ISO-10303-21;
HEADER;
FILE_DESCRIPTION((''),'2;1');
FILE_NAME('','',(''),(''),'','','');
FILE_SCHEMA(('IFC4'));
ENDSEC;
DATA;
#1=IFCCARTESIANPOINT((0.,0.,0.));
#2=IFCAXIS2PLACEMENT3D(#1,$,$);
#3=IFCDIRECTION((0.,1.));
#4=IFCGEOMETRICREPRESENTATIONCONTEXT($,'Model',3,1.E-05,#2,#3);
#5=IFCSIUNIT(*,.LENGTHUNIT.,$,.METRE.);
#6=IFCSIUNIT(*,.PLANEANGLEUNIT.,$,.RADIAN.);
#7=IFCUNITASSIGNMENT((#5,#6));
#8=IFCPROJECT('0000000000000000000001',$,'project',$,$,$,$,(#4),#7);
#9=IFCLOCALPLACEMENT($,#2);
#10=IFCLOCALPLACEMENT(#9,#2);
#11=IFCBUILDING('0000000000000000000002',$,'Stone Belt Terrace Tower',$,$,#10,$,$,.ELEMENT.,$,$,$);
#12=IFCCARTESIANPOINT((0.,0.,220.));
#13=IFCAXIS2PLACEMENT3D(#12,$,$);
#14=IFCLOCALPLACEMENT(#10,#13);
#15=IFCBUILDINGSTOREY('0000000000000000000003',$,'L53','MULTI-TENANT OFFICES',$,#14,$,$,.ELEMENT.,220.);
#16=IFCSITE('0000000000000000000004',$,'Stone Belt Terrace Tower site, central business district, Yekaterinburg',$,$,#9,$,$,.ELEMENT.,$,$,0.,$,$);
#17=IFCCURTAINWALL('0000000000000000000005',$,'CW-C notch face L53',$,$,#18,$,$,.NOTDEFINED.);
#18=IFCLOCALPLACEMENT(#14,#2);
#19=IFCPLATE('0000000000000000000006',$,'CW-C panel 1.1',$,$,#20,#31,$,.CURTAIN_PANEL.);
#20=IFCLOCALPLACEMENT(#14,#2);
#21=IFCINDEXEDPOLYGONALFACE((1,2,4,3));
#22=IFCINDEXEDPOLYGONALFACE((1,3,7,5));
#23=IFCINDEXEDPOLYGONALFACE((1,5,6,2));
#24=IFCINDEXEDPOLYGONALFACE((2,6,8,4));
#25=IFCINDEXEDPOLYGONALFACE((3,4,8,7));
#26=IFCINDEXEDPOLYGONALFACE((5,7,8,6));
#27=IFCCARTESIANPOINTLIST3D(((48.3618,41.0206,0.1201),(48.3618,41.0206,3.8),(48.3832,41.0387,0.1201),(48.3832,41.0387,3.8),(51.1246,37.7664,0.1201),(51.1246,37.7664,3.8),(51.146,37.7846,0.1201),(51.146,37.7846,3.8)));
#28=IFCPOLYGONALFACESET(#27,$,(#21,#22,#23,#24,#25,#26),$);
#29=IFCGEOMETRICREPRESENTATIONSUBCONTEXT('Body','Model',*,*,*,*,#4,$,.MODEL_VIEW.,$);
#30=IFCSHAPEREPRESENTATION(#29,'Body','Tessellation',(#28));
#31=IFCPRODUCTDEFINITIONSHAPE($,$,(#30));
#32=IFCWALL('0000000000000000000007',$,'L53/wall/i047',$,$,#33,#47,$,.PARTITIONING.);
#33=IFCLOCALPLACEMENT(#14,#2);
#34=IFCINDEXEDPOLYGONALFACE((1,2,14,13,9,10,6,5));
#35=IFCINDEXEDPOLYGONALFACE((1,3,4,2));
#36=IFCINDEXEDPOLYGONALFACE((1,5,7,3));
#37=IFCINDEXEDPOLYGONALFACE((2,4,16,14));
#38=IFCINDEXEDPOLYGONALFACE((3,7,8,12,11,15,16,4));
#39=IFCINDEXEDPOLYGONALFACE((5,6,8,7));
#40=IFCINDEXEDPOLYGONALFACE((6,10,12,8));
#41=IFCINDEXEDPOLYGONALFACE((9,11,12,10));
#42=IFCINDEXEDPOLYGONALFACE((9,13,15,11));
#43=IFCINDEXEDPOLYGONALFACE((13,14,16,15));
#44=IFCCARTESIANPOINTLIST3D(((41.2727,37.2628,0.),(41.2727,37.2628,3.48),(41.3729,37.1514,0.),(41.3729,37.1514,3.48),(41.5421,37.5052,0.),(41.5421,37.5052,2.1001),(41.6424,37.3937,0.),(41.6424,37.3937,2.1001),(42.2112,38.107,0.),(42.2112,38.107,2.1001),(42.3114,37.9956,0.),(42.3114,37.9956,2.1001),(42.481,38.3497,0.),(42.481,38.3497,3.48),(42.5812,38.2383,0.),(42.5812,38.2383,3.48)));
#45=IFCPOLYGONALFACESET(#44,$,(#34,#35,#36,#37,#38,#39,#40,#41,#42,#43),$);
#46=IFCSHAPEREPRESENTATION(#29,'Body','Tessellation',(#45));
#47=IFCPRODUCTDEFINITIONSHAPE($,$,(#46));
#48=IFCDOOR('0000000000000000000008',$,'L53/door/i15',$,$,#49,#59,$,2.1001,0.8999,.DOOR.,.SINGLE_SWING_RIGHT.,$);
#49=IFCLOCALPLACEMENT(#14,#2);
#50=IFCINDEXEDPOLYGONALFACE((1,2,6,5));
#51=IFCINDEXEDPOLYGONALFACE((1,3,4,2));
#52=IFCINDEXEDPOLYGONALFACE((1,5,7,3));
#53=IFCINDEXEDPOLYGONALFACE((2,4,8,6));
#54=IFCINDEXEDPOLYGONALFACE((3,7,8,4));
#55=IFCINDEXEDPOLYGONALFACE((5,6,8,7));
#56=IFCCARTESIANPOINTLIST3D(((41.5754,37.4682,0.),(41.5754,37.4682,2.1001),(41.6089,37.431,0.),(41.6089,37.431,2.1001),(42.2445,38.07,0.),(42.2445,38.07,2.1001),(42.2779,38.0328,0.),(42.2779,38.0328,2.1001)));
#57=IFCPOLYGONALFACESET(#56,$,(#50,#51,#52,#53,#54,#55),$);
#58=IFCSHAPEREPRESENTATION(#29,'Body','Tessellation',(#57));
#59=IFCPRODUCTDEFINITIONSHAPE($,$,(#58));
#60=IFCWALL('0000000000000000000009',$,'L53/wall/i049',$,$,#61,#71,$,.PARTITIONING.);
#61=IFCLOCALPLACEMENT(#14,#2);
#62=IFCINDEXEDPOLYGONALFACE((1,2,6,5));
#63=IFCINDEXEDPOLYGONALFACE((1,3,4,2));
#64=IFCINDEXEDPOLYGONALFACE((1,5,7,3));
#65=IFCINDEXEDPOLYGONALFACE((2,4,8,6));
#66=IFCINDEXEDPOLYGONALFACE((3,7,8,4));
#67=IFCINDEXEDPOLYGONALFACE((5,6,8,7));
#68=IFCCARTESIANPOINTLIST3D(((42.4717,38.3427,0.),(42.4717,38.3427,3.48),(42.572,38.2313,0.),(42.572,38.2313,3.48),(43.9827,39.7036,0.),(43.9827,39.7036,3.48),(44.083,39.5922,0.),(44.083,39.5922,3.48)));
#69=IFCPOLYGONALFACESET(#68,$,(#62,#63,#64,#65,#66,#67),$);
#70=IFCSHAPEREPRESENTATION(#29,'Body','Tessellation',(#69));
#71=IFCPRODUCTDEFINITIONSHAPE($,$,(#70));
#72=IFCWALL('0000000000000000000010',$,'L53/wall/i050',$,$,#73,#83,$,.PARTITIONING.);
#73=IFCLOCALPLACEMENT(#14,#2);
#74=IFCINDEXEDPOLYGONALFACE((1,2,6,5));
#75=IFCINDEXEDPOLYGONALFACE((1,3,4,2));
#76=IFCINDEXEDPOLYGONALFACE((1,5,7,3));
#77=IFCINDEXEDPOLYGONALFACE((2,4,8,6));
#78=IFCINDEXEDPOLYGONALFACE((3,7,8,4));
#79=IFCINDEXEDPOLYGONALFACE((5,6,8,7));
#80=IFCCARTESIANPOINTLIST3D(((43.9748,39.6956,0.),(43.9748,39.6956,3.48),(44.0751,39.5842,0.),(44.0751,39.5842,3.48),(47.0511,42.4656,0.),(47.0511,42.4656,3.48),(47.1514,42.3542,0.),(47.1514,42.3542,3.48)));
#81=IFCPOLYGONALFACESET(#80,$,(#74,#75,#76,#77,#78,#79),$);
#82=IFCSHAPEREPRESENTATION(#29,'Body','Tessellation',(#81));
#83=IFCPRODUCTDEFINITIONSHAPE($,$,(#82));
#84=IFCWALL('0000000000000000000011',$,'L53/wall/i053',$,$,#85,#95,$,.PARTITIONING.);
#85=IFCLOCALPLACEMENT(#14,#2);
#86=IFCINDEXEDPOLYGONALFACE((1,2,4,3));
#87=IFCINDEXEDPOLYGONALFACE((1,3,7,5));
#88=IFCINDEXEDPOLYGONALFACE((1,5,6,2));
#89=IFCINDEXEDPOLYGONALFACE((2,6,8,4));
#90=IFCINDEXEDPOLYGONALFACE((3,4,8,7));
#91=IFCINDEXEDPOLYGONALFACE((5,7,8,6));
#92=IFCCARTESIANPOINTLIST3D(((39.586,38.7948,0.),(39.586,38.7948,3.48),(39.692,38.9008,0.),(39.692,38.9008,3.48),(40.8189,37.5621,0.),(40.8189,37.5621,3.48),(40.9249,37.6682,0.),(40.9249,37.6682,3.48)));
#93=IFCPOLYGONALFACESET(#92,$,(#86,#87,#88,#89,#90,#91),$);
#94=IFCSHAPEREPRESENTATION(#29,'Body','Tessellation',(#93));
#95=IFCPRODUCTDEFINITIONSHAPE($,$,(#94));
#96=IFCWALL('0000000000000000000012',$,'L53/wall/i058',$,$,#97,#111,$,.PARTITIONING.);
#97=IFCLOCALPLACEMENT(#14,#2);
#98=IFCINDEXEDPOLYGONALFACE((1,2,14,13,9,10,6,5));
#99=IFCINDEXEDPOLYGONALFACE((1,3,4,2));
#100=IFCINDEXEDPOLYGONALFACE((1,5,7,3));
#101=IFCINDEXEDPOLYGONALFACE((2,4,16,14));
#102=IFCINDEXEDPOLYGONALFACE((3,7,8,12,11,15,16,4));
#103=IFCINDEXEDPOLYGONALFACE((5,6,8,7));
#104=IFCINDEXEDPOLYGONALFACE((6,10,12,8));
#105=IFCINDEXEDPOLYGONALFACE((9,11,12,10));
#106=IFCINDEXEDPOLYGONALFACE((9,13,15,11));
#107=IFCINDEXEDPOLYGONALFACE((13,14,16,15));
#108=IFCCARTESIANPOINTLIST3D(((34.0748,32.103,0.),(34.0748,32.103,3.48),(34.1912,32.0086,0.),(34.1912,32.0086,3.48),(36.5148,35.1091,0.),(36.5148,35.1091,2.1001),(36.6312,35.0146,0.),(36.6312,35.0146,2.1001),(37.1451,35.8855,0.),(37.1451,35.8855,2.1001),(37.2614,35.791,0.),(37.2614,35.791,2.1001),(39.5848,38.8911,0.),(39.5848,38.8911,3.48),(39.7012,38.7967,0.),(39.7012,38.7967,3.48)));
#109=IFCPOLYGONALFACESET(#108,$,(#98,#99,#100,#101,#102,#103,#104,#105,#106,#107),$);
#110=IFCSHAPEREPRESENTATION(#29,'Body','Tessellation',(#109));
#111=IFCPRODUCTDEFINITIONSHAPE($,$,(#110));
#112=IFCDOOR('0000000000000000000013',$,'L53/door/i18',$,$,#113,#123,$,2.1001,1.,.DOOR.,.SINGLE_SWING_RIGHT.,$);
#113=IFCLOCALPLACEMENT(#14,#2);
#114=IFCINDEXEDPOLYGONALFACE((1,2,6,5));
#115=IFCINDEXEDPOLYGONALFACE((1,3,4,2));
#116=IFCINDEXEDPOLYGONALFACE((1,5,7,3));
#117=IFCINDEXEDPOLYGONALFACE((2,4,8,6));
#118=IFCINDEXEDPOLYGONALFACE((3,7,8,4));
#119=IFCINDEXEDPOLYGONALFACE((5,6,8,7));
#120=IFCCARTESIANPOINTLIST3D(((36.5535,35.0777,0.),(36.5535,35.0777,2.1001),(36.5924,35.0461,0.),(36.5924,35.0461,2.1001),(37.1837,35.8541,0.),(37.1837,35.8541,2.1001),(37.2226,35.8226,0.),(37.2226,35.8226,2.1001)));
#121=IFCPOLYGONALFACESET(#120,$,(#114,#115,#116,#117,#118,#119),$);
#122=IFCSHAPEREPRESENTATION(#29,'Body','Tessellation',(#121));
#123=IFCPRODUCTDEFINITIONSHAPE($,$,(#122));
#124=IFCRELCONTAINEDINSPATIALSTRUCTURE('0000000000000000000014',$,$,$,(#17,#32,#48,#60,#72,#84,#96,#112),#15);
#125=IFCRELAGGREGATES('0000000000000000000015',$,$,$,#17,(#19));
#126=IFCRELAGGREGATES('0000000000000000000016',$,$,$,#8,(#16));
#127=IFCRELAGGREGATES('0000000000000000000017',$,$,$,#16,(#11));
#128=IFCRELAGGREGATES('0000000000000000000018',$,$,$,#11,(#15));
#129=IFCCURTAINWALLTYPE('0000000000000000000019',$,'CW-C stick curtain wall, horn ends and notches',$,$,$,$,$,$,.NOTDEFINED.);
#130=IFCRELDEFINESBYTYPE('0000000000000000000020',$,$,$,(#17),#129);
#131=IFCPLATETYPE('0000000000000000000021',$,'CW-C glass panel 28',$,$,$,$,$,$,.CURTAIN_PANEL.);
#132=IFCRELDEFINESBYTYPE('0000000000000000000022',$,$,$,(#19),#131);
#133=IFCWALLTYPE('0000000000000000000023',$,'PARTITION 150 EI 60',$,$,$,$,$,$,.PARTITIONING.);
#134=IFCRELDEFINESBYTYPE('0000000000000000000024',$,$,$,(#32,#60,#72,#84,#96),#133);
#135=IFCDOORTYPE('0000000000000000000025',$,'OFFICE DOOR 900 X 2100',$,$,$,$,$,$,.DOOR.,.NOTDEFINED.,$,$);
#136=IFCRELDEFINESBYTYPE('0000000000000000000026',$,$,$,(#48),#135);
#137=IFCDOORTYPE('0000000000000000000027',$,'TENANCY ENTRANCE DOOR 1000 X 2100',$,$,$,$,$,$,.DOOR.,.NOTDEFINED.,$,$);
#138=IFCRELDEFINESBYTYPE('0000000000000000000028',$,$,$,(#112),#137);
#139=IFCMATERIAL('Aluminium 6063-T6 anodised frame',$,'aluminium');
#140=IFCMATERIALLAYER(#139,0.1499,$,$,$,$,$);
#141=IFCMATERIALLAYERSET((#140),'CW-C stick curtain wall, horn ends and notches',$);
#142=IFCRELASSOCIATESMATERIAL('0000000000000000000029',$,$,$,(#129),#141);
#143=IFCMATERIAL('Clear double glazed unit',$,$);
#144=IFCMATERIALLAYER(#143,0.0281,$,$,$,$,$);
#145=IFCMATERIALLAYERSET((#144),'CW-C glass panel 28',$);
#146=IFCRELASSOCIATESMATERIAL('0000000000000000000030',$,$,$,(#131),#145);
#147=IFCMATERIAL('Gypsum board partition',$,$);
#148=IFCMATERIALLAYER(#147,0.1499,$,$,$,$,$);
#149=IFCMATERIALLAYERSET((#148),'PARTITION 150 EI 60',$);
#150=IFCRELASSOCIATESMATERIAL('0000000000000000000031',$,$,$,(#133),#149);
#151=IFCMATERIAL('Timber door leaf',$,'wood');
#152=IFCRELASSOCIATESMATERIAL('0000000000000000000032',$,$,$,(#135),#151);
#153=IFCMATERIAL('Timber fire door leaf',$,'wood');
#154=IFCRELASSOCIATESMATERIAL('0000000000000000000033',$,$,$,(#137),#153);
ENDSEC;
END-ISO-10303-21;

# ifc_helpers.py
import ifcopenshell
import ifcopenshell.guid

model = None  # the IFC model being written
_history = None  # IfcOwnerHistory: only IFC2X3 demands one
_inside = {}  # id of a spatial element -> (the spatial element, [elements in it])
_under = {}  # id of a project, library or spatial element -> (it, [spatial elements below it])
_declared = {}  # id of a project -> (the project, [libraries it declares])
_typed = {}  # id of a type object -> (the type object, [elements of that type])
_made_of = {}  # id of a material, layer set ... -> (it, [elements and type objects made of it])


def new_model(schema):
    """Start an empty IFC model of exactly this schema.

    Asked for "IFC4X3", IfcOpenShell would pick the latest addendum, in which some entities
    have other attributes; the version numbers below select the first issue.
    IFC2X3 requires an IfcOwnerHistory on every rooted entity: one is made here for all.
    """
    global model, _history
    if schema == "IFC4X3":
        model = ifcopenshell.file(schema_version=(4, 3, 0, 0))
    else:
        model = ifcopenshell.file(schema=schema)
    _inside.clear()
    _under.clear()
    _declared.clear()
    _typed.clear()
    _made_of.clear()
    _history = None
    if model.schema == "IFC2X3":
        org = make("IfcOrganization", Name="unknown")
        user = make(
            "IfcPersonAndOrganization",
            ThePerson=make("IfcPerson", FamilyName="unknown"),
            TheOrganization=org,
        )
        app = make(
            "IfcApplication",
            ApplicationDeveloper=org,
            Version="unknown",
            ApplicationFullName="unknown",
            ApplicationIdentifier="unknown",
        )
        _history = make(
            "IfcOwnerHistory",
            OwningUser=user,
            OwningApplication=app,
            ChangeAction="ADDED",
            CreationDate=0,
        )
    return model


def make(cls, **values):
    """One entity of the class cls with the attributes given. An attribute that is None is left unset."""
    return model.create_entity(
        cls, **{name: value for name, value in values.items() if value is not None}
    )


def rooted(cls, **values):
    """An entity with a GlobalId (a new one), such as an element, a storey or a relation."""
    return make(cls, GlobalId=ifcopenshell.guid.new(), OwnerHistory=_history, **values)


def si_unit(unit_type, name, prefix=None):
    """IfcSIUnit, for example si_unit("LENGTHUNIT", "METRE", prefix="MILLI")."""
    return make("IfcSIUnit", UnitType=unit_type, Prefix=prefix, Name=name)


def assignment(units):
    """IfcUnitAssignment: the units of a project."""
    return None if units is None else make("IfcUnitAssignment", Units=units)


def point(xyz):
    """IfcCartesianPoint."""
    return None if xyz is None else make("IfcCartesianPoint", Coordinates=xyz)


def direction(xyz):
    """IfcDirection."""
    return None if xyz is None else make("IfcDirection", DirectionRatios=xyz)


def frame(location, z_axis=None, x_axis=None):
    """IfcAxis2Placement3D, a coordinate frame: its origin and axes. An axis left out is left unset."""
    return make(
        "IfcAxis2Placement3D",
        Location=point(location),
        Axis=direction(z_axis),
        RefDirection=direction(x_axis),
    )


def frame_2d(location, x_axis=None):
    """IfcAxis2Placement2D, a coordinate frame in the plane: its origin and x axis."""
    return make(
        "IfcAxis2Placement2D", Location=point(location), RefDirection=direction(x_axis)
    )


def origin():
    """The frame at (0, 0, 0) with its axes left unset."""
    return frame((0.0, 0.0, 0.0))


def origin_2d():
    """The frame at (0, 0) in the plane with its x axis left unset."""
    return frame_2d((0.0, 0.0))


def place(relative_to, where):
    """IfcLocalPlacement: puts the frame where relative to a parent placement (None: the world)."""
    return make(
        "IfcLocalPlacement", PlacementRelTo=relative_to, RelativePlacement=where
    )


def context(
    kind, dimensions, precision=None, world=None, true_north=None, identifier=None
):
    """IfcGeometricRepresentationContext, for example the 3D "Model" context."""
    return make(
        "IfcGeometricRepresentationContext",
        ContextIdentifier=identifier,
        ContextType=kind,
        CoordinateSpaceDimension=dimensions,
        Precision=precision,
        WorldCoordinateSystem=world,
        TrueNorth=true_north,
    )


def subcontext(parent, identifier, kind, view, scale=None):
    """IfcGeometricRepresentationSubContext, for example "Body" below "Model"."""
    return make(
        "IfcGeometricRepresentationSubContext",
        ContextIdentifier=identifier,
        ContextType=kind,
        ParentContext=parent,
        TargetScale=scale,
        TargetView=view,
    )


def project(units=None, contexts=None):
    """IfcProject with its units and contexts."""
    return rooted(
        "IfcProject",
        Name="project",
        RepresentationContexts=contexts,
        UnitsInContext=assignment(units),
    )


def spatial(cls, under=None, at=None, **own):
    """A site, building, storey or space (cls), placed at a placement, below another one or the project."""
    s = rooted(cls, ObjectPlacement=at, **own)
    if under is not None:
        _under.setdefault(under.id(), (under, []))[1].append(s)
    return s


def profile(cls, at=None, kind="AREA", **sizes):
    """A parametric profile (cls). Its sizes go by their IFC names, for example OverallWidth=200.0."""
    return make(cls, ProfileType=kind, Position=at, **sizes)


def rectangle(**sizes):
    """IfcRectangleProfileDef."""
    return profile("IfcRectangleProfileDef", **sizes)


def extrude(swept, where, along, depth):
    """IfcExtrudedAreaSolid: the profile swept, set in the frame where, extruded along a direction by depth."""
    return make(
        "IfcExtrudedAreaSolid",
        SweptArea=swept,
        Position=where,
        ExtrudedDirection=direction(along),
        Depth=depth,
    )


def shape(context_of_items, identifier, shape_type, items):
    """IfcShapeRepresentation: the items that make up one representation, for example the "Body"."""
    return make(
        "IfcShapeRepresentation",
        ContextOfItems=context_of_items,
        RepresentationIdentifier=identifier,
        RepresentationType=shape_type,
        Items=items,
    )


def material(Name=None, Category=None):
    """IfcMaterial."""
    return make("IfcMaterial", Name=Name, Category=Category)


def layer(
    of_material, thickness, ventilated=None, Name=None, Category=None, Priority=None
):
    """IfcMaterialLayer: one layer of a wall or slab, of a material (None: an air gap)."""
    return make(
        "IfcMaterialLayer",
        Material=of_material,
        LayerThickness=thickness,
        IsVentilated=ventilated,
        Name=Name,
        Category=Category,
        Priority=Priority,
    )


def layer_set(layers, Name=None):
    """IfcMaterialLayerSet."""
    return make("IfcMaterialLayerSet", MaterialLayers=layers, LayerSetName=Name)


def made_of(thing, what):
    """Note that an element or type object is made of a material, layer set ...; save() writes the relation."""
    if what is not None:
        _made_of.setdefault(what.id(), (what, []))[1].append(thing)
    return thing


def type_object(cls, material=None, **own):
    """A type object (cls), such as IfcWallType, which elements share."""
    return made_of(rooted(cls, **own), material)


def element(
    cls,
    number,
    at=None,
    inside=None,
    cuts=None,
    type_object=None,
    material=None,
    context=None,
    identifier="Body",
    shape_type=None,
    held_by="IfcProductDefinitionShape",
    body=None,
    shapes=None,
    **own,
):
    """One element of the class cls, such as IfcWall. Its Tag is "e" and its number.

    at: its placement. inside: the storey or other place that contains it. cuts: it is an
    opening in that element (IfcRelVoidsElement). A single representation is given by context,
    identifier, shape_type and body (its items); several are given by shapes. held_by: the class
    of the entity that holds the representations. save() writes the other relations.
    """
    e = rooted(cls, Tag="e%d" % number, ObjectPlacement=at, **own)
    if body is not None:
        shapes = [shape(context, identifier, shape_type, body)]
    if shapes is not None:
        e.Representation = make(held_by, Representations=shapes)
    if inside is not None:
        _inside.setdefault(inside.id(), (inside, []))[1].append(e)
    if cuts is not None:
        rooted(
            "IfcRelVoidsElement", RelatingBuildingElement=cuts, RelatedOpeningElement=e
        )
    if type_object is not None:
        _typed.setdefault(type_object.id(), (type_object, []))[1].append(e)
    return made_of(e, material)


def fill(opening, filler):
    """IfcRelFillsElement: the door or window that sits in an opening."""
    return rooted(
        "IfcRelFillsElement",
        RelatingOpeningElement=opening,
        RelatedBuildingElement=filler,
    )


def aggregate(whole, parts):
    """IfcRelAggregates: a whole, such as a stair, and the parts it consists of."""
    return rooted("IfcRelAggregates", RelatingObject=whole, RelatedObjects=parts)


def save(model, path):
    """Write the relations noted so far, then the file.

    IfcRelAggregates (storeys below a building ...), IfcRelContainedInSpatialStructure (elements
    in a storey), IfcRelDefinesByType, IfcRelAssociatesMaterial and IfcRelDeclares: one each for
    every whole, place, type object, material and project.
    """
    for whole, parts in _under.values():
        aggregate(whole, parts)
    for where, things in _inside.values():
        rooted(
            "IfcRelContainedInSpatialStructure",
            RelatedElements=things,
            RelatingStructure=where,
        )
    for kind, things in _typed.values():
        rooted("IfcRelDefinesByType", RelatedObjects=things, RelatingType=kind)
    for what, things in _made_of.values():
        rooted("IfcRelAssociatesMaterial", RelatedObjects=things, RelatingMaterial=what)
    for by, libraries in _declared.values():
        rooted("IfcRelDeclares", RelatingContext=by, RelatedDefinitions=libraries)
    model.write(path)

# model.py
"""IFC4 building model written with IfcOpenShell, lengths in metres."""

from ifc_helpers import new_model, si_unit, direction, frame, frame_2d, origin, origin_2d, place, context, subcontext, project, spatial, rectangle, extrude, material, layer, layer_set, type_object, element, fill, aggregate, save


model = new_model("IFC4")

# Units and contexts
model_context = context("Model", 3, precision=1e-05, world=origin(), true_north=direction((0.0, 1.0)))
body_context = subcontext(model_context, "Body", "Model", "MODEL_VIEW")
ifc_project = project(units=[si_unit("LENGTHUNIT", "METRE"), si_unit("PLANEANGLEUNIT", "RADIAN")], contexts=[model_context])

# Site, building, storey
site_placement = place(None, origin())
site = spatial("IfcSite", under=ifc_project, at=site_placement, Name="Stone Belt Terrace Tower site, central business district, Yekaterinburg", CompositionType="ELEMENT", RefElevation=0.0)
building_placement = place(site_placement, origin())
building = spatial("IfcBuilding", under=site, at=building_placement, Name="Stone Belt Terrace Tower", CompositionType="ELEMENT")
storey_placement = place(building_placement, frame((0.0, 0.0, 220.0)))
storey = spatial("IfcBuildingStorey", under=building, at=storey_placement, Name="L53", Description="MULTI-TENANT OFFICES", CompositionType="ELEMENT", Elevation=220.0)

# Curtain wall
ifc_material_1 = material(Name="Aluminium 6063-T6 anodised frame", Category="aluminium")
ifc_layer_1 = layer(ifc_material_1, 0.1499)
ifc_layer_set_1 = layer_set([ifc_layer_1], Name="CW-C stick curtain wall, horn ends and notches")
curtain_wall_type = type_object("IfcCurtainWallType", Name="CW-C stick curtain wall, horn ends and notches", PredefinedType="NOTDEFINED", material=ifc_layer_set_1)
curtain_wall_1_placement = place(storey_placement, origin())
curtain_wall_1 = element("IfcCurtainWall", 1, at=curtain_wall_1_placement, inside=storey, type_object=curtain_wall_type, Name="CW-C notch face L53", PredefinedType="NOTDEFINED")

# Plate
ifc_material_2 = material(Name="Clear double glazed unit")
ifc_layer_2 = layer(ifc_material_2, 0.0281)
ifc_layer_set_2 = layer_set([ifc_layer_2], Name="CW-C glass panel 28")
plate_type = type_object("IfcPlateType", Name="CW-C glass panel 28", PredefinedType="CURTAIN_PANEL", material=ifc_layer_set_2)
plate_1_placement = place(storey_placement, frame((49.7539, 39.4026, 0.1201), z_axis=(0.0, 0.0, 1.0), x_axis=(-0.647211, 0.762311, 0.0)))
plate_1 = element("IfcPlate", 2, at=plate_1_placement, type_object=plate_type, Name="CW-C panel 1.1", PredefinedType="CURTAIN_PANEL", context=body_context, shape_type="SweptSolid", body=[
    extrude(rectangle(XDim=4.2688, YDim=0.0281, at=origin_2d()), origin(), (0.0, 0.0, 1.0), 3.6799),
])
aggregate(curtain_wall_1, [plate_1])

# Wall, opening, door
ifc_material_3 = material(Name="Gypsum board partition")
ifc_layer_3 = layer(ifc_material_3, 0.1499)
ifc_layer_set_3 = layer_set([ifc_layer_3], Name="PARTITION 150 EI 60")
wall_type = type_object("IfcWallType", Name="PARTITION 150 EI 60", PredefinedType="PARTITIONING", material=ifc_layer_set_3)
wall_1_placement = place(storey_placement, frame((42.531, 38.2939, 0.0), z_axis=(0.0, 0.0, 1.0), x_axis=(-0.743451, -0.66879, 0.0)))
wall_1 = element("IfcWall", 3, at=wall_1_placement, inside=storey, type_object=wall_type, Name="L53/wall/i047", PredefinedType="PARTITIONING", context=body_context, shape_type="SweptSolid", body=[
    extrude(rectangle(XDim=1.6252, YDim=0.1499, at=frame_2d((0.8125, 0.0))), origin(), (0.0, 0.0, 1.0), 3.48),
])
opening_1_placement = place(wall_1_placement, frame((0.3628, 0.0, 0.0)))
opening_1 = element("IfcOpeningElement", 4, at=opening_1_placement, cuts=wall_1, PredefinedType="OPENING", context=body_context, shape_type="SweptSolid", body=[
    extrude(rectangle(XDim=0.8999, YDim=2.1001, at=frame_2d((0.45, 1.05))), frame((0.0, 0.085, 0.0), z_axis=(0.0, -1.0, 0.0), x_axis=(1.0, 0.0, 0.0)), (0.0, 0.0, 1.0), 0.1699),
])
ifc_material_4 = material(Name="Timber door leaf", Category="wood")
door_type_1 = type_object("IfcDoorType", Name="OFFICE DOOR 900 X 2100", OperationType="NOTDEFINED", PredefinedType="DOOR", material=ifc_material_4)
door_1_placement = place(opening_1_placement, origin())
door_1 = element("IfcDoor", 5, at=door_1_placement, inside=storey, type_object=door_type_1, Name="L53/door/i15", OperationType="SINGLE_SWING_RIGHT", OverallHeight=2.1001, OverallWidth=0.8999, PredefinedType="DOOR", context=body_context, shape_type="SweptSolid", body=[
    extrude(rectangle(XDim=0.8999, YDim=2.1001, at=frame_2d((0.45, 1.05))), frame((0.0, 0.0249, 0.0), z_axis=(0.0, -1.0, 0.0), x_axis=(1.0, 0.0, 0.0)), (0.0, 0.0, 1.0), 0.05),
])
fill(opening_1, door_1)

# Walls
wall_2_placement = place(storey_placement, frame((42.522, 38.2871, 0.0), z_axis=(0.0, 0.0, 1.0), x_axis=(0.743061, 0.669223, 0.0)))
element("IfcWall", 6, at=wall_2_placement, inside=storey, type_object=wall_type, Name="L53/wall/i049", PredefinedType="PARTITIONING", context=body_context, shape_type="SweptSolid", body=[
    extrude(rectangle(XDim=2.0334, YDim=0.1499, at=frame_2d((1.0166, 0.0))), origin(), (0.0, 0.0, 1.0), 3.48),
])
wall_3_placement = place(storey_placement, frame((44.0249, 39.6399, 0.0), z_axis=(0.0, 0.0, 1.0), x_axis=(0.743145, 0.669131, 0.0)))
element("IfcWall", 7, at=wall_3_placement, inside=storey, type_object=wall_type, Name="L53/wall/i050", PredefinedType="PARTITIONING", context=body_context, shape_type="SweptSolid", body=[
    extrude(rectangle(XDim=4.1396, YDim=0.1499, at=frame_2d((2.0698, 0.0))), origin(), (0.0, 0.0, 1.0), 3.48),
])
wall_4_placement = place(storey_placement, frame((40.8718, 37.6152, 0.0), z_axis=(0.0, 0.0, 1.0), x_axis=(-0.707177, 0.707037, 0.0)))
element("IfcWall", 8, at=wall_4_placement, inside=storey, type_object=wall_type, Name="L53/wall/i053", PredefinedType="PARTITIONING", context=body_context, shape_type="SweptSolid", body=[
    extrude(rectangle(XDim=1.7434, YDim=0.1499, at=frame_2d((0.8716, 0.0))), origin(), (0.0, 0.0, 1.0), 3.48),
])

# Wall, opening, door
wall_5_placement = place(storey_placement, frame((39.6431, 38.844, 0.0), z_axis=(0.0, 0.0, 1.0), x_axis=(-0.630227, -0.776411, 0.0)))
wall_5 = element("IfcWall", 9, at=wall_5_placement, inside=storey, type_object=wall_type, Name="L53/wall/i058", PredefinedType="PARTITIONING", context=body_context, shape_type="SweptSolid", body=[
    extrude(rectangle(XDim=8.7429, YDim=0.1499, at=frame_2d((4.3716, 0.0))), origin(), (0.0, 0.0, 1.0), 3.48),
])
opening_2_placement = place(wall_5_placement, frame((3.8713, 0.0, 0.0)))
opening_2 = element("IfcOpeningElement", 10, at=opening_2_placement, cuts=wall_5, PredefinedType="OPENING", context=body_context, shape_type="SweptSolid", body=[
    extrude(rectangle(XDim=1.0, YDim=2.1001, at=frame_2d((0.5, 1.05))), frame((0.0, 0.085, 0.0), z_axis=(0.0, -1.0, 0.0), x_axis=(1.0, 0.0, 0.0)), (0.0, 0.0, 1.0), 0.1699),
])
ifc_material_5 = material(Name="Timber fire door leaf", Category="wood")
door_type_2 = type_object("IfcDoorType", Name="TENANCY ENTRANCE DOOR 1000 X 2100", OperationType="NOTDEFINED", PredefinedType="DOOR", material=ifc_material_5)
door_2_placement = place(opening_2_placement, origin())
door_2 = element("IfcDoor", 11, at=door_2_placement, inside=storey, type_object=door_type_2, Name="L53/door/i18", OperationType="SINGLE_SWING_RIGHT", OverallHeight=2.1001, OverallWidth=1.0, PredefinedType="DOOR", context=body_context, shape_type="SweptSolid", body=[
    extrude(rectangle(XDim=1.0, YDim=2.1001, at=frame_2d((0.5, 1.05))), frame((0.0, 0.0249, 0.0), z_axis=(0.0, -1.0, 0.0), x_axis=(1.0, 0.0, 0.0)), (0.0, 0.0, 1.0), 0.05),
])
fill(opening_2, door_2)

save(model, "model.ifc")
